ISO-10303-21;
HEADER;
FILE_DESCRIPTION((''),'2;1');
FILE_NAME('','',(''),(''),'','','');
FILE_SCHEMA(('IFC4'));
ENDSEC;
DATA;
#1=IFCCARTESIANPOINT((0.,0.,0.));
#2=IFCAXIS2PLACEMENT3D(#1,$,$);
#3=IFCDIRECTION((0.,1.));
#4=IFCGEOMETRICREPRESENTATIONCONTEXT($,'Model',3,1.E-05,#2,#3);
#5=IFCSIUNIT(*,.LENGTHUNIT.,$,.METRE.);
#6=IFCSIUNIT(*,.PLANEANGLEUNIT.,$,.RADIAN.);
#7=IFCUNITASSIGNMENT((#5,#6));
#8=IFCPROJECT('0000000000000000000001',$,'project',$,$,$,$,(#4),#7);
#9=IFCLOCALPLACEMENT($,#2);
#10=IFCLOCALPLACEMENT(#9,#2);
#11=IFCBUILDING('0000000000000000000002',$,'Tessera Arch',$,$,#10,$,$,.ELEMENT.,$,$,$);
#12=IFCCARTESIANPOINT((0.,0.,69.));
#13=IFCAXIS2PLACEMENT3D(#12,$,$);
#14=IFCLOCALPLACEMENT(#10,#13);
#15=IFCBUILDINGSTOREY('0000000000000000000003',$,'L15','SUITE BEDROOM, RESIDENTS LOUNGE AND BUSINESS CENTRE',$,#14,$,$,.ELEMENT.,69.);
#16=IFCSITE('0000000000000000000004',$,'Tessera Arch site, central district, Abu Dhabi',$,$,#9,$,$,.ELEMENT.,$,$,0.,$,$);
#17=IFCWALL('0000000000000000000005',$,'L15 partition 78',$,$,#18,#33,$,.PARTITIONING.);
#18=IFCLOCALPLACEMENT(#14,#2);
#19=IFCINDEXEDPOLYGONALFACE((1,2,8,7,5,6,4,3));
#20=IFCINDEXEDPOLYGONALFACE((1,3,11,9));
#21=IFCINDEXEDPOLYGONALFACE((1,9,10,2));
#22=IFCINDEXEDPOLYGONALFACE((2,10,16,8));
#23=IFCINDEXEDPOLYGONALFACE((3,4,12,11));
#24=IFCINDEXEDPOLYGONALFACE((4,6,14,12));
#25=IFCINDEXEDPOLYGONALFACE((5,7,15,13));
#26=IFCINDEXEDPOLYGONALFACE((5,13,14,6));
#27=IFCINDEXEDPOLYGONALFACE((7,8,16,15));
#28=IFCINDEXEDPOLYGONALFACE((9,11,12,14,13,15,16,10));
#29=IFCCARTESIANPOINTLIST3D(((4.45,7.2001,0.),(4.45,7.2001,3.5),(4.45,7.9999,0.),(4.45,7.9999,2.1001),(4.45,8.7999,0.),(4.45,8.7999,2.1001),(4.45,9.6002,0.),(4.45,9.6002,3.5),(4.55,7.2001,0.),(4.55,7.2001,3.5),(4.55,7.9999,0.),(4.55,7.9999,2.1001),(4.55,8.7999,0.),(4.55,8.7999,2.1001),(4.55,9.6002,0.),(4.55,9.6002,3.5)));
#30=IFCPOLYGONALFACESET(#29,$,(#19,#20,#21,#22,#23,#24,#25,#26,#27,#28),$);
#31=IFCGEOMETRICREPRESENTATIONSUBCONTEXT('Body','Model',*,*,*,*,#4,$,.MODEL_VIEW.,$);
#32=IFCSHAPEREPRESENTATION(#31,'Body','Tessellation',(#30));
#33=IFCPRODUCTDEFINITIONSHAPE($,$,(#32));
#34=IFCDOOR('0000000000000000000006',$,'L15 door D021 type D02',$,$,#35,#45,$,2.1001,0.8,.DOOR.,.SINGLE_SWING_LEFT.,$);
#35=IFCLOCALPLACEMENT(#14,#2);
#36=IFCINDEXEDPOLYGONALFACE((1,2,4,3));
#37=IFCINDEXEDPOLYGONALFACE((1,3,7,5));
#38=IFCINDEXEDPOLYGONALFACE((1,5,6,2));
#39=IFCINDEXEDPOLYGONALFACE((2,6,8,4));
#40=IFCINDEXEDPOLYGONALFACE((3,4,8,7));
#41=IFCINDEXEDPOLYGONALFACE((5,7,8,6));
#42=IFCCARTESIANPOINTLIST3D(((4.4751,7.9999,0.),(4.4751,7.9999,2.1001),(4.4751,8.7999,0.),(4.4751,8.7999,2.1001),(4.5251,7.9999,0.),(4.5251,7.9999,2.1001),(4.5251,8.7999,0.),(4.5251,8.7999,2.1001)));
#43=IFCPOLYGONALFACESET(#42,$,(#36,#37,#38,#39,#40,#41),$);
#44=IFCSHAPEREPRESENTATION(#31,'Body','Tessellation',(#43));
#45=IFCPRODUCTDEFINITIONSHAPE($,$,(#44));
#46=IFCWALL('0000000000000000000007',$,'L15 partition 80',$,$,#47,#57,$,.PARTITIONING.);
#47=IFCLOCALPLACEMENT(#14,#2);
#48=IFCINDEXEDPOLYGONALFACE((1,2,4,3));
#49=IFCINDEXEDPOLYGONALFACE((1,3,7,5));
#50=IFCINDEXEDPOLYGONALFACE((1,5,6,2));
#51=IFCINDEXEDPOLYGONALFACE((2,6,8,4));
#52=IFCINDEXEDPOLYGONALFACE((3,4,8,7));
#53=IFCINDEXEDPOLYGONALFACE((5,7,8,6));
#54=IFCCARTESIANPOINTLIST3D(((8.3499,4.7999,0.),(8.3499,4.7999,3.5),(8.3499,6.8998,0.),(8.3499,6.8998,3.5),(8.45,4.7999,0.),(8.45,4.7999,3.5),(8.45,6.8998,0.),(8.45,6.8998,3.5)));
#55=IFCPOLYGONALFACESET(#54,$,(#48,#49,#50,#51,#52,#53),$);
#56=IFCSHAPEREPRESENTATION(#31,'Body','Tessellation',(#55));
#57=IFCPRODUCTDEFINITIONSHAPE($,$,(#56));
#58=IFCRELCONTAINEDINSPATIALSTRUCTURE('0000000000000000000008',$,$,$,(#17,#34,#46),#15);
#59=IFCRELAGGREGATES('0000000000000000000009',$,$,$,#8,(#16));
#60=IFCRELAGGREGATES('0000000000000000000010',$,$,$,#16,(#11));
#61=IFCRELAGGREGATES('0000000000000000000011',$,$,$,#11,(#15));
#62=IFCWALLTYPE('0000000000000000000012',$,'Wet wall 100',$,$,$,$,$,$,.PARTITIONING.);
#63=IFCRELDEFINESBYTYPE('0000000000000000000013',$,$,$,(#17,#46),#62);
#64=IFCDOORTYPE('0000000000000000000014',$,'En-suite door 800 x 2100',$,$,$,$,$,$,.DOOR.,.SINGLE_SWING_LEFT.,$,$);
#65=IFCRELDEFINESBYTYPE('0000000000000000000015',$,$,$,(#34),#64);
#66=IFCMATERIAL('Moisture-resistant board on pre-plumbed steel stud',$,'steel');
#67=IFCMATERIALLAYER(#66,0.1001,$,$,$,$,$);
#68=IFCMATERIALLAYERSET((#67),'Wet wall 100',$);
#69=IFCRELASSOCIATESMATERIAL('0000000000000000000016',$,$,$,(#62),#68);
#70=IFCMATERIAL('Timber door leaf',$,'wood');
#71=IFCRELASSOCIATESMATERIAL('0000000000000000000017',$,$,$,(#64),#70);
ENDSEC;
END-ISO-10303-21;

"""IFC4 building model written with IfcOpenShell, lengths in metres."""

from ifc_helpers import new_model, si_unit, direction, frame, frame_2d, origin, place, context, subcontext, project, spatial, rectangle, extrude, material, layer, layer_set, type_object, element, fill, save


model = new_model("IFC4")

# Units and contexts
model_context = context("Model", 3, precision=1e-05, world=origin(), true_north=direction((0.0, 1.0)))
body_context = subcontext(model_context, "Body", "Model", "MODEL_VIEW")
ifc_project = project(units=[si_unit("LENGTHUNIT", "METRE"), si_unit("PLANEANGLEUNIT", "RADIAN")], contexts=[model_context])

# Site, building, storey
site_placement = place(None, origin())
site = spatial("IfcSite", under=ifc_project, at=site_placement, Name="Tessera Arch site, central district, Abu Dhabi", CompositionType="ELEMENT", RefElevation=0.0)
building_placement = place(site_placement, origin())
building = spatial("IfcBuilding", under=site, at=building_placement, Name="Tessera Arch", CompositionType="ELEMENT")
storey_placement = place(building_placement, frame((0.0, 0.0, 69.0)))
storey = spatial("IfcBuildingStorey", under=building, at=storey_placement, Name="L15", Description="SUITE BEDROOM, RESIDENTS LOUNGE AND BUSINESS CENTRE", CompositionType="ELEMENT", Elevation=69.0)

# Wall, opening, door
ifc_material_1 = material(Name="Moisture-resistant board on pre-plumbed steel stud", Category="steel")
ifc_layer_1 = layer(ifc_material_1, 0.1001)
ifc_layer_set_1 = layer_set([ifc_layer_1], Name="Wet wall 100")
wall_type_1 = type_object("IfcWallType", Name="Wet wall 100", PredefinedType="PARTITIONING", material=ifc_layer_set_1)
ifc_material_2 = material(Name="Timber door leaf", Category="wood")
door_type_1 = type_object("IfcDoorType", Name="En-suite door 800 x 2100", OperationType="SINGLE_SWING_LEFT", PredefinedType="DOOR", material=ifc_material_2)
wall_1_placement = place(storey_placement, frame((4.5, 7.2, 0.0), z_axis=(0.0, 0.0, 1.0), x_axis=(0.0, 1.0, 0.0)))
wall_1 = element("IfcWall", 1, at=wall_1_placement, inside=storey, type_object=wall_type_1, Name="L15 partition 78", PredefinedType="PARTITIONING", context=body_context, shape_type="SweptSolid", body=[
    extrude(rectangle(XDim=2.4001, YDim=0.1001, at=frame_2d((1.2002, 0.0))), origin(), (0.0, 0.0, 1.0), 3.5),
])
opening_1_placement = place(wall_1_placement, frame((0.8, 0.0, 0.0)))
opening_1 = element("IfcOpeningElement", 2, at=opening_1_placement, cuts=wall_1, PredefinedType="OPENING", context=body_context, shape_type="SweptSolid", body=[
    extrude(rectangle(XDim=0.8, YDim=2.1001, at=frame_2d((0.3999, 1.05))), frame((0.0, 0.0601, 0.0), z_axis=(0.0, -1.0, 0.0), x_axis=(1.0, 0.0, 0.0)), (0.0, 0.0, 1.0), 0.1201),
])
door_1_placement = place(opening_1_placement, origin())
door_1 = element("IfcDoor", 3, at=door_1_placement, inside=storey, type_object=door_type_1, Name="L15 door D021 type D02", OperationType="SINGLE_SWING_LEFT", OverallHeight=2.1001, OverallWidth=0.8, PredefinedType="DOOR", context=body_context, shape_type="SweptSolid", body=[
    extrude(rectangle(XDim=0.8, YDim=2.1001, at=frame_2d((0.3999, 1.05))), frame((0.0, 0.0249, 0.0), z_axis=(0.0, -1.0, 0.0), x_axis=(1.0, 0.0, 0.0)), (0.0, 0.0, 1.0), 0.05),
])
fill(opening_1, door_1)

# Wall
wall_2_placement = place(storey_placement, frame((8.3999, 4.8, 0.0), z_axis=(0.0, 0.0, 1.0), x_axis=(0.0, 1.0, 0.0)))
element("IfcWall", 4, at=wall_2_placement, inside=storey, type_object=wall_type_1, Name="L15 partition 80", PredefinedType="PARTITIONING", context=body_context, shape_type="SweptSolid", body=[
    extrude(rectangle(XDim=2.0999, YDim=0.1001, at=frame_2d((1.0498, 0.0))), origin(), (0.0, 0.0, 1.0), 3.5),
])

save(model, "model.ifc")
